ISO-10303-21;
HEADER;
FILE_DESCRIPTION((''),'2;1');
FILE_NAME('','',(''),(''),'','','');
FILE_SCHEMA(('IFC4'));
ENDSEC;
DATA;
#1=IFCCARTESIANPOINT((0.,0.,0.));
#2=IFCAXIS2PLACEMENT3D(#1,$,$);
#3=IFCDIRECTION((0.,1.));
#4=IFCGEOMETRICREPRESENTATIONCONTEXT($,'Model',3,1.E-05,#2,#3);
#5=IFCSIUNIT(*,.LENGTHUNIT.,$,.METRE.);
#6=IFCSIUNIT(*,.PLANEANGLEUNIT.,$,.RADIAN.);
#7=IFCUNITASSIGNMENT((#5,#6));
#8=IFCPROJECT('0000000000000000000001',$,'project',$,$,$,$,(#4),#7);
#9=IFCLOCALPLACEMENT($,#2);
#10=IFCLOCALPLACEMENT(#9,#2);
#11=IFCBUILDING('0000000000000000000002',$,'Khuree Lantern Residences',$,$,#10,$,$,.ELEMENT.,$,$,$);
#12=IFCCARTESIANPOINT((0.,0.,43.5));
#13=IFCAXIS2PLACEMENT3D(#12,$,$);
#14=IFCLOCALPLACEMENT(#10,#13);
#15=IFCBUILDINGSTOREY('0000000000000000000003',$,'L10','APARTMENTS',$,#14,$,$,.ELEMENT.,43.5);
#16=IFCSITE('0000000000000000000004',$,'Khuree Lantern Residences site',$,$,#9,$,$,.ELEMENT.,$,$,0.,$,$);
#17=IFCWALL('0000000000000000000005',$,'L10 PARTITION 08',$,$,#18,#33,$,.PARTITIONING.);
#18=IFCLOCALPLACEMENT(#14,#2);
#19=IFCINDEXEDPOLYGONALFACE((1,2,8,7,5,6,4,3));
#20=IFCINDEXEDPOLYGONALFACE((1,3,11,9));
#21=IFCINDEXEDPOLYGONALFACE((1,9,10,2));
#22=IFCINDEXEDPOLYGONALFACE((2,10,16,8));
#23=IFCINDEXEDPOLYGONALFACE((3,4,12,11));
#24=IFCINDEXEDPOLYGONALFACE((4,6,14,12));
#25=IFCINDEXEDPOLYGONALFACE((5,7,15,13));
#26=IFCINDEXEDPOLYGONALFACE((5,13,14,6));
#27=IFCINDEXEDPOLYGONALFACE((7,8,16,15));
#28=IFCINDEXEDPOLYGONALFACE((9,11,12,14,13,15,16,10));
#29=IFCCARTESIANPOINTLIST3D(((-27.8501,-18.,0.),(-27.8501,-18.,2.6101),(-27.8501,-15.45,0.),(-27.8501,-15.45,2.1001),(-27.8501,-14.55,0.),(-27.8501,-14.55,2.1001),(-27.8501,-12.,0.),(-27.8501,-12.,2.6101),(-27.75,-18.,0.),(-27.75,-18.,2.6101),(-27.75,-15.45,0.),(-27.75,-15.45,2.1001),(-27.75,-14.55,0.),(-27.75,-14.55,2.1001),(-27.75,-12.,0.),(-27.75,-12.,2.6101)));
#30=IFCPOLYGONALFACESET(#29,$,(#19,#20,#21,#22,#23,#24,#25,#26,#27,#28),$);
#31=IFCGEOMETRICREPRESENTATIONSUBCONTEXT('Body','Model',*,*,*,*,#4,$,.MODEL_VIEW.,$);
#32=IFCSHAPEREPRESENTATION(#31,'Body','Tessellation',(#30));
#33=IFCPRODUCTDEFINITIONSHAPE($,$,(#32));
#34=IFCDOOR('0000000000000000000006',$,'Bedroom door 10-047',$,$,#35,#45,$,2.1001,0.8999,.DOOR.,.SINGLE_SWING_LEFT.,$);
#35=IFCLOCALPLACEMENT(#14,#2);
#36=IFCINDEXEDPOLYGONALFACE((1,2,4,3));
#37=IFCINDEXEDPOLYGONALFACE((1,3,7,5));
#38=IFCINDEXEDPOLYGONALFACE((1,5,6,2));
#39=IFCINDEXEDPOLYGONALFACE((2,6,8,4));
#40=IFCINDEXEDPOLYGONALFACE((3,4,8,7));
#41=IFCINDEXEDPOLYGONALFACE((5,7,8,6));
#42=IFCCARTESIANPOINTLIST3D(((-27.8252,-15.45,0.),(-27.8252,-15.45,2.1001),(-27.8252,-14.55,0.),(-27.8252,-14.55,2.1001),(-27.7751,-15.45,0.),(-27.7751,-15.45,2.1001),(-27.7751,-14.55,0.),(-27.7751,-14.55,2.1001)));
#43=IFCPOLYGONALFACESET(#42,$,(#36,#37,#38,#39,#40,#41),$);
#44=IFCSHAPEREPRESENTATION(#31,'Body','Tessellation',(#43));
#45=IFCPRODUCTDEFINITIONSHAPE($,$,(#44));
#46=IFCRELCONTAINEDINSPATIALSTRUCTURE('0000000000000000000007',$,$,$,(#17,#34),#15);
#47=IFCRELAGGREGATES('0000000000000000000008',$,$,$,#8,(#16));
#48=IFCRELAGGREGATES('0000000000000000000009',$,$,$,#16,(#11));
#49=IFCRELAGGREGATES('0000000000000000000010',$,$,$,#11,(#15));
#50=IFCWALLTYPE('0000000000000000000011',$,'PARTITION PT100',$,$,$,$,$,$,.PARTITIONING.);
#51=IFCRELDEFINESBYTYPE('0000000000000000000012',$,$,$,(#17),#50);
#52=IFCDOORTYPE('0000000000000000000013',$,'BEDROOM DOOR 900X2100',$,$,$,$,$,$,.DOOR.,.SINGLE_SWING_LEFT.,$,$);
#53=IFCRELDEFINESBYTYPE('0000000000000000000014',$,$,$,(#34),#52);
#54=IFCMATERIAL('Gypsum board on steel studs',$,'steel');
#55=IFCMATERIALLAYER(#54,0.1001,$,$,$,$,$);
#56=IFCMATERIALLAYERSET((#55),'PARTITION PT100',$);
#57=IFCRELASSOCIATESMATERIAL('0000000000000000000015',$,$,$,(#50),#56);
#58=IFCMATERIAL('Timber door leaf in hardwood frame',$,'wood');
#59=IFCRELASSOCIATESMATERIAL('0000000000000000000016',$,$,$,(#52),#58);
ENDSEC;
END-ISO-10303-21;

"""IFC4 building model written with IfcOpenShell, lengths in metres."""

from ifc_helpers import new_model, si_unit, direction, frame, frame_2d, origin, place, context, subcontext, project, spatial, rectangle, extrude, material, layer, layer_set, type_object, element, fill, save


model = new_model("IFC4")

# Units and contexts
model_context = context("Model", 3, precision=1e-05, world=origin(), true_north=direction((0.0, 1.0)))
body_context = subcontext(model_context, "Body", "Model", "MODEL_VIEW")
ifc_project = project(units=[si_unit("LENGTHUNIT", "METRE"), si_unit("PLANEANGLEUNIT", "RADIAN")], contexts=[model_context])

# Site, building, storey
site_placement = place(None, origin())
site = spatial("IfcSite", under=ifc_project, at=site_placement, Name="Khuree Lantern Residences site", CompositionType="ELEMENT", RefElevation=0.0)
building_placement = place(site_placement, origin())
building = spatial("IfcBuilding", under=site, at=building_placement, Name="Khuree Lantern Residences", CompositionType="ELEMENT")
storey_placement = place(building_placement, frame((0.0, 0.0, 43.5)))
storey = spatial("IfcBuildingStorey", under=building, at=storey_placement, Name="L10", Description="APARTMENTS", CompositionType="ELEMENT", Elevation=43.5)

# Shared definitions
ifc_material_1 = material(Name="Gypsum board on steel studs", Category="steel")
ifc_layer_1 = layer(ifc_material_1, 0.1001)
ifc_layer_set_1 = layer_set([ifc_layer_1], Name="PARTITION PT100")
wall_type_1 = type_object("IfcWallType", Name="PARTITION PT100", PredefinedType="PARTITIONING", material=ifc_layer_set_1)

# Wall, opening, door
ifc_material_2 = material(Name="Timber door leaf in hardwood frame", Category="wood")
door_type = type_object("IfcDoorType", Name="BEDROOM DOOR 900X2100", OperationType="SINGLE_SWING_LEFT", PredefinedType="DOOR", material=ifc_material_2)
wall_1_placement = place(storey_placement, frame((-27.8, -12.0, 0.0), z_axis=(0.0, 0.0, 1.0), x_axis=(0.0, -1.0, 0.0)))
wall_1 = element("IfcWall", 1, at=wall_1_placement, inside=storey, type_object=wall_type_1, Name="L10 PARTITION 08", PredefinedType="PARTITIONING", context=body_context, shape_type="SweptSolid", body=[
    extrude(rectangle(XDim=6.0, YDim=0.1001, at=frame_2d((3.0, 0.0))), origin(), (0.0, 0.0, 1.0), 2.6101),
])
opening_1_placement = place(wall_1_placement, frame((2.55, 0.0, 0.0)))
opening_1 = element("IfcOpeningElement", 2, at=opening_1_placement, cuts=wall_1, PredefinedType="OPENING", context=body_context, shape_type="SweptSolid", body=[
    extrude(rectangle(XDim=0.8999, YDim=2.1001, at=frame_2d((0.45, 1.05))), frame((0.0, 0.0601, 0.0), z_axis=(0.0, -1.0, 0.0), x_axis=(1.0, 0.0, 0.0)), (0.0, 0.0, 1.0), 0.1201),
])
door_1_placement = place(opening_1_placement, origin())
door_1 = element("IfcDoor", 3, at=door_1_placement, inside=storey, type_object=door_type, Name="Bedroom door 10-047", OperationType="SINGLE_SWING_LEFT", OverallHeight=2.1001, OverallWidth=0.8999, PredefinedType="DOOR", context=body_context, shape_type="SweptSolid", body=[
    extrude(rectangle(XDim=0.8999, YDim=2.1001, at=frame_2d((0.45, 1.05))), frame((0.0, 0.0249, 0.0), z_axis=(0.0, -1.0, 0.0), x_axis=(1.0, 0.0, 0.0)), (0.0, 0.0, 1.0), 0.05),
])
fill(opening_1, door_1)

save(model, "model.ifc")
